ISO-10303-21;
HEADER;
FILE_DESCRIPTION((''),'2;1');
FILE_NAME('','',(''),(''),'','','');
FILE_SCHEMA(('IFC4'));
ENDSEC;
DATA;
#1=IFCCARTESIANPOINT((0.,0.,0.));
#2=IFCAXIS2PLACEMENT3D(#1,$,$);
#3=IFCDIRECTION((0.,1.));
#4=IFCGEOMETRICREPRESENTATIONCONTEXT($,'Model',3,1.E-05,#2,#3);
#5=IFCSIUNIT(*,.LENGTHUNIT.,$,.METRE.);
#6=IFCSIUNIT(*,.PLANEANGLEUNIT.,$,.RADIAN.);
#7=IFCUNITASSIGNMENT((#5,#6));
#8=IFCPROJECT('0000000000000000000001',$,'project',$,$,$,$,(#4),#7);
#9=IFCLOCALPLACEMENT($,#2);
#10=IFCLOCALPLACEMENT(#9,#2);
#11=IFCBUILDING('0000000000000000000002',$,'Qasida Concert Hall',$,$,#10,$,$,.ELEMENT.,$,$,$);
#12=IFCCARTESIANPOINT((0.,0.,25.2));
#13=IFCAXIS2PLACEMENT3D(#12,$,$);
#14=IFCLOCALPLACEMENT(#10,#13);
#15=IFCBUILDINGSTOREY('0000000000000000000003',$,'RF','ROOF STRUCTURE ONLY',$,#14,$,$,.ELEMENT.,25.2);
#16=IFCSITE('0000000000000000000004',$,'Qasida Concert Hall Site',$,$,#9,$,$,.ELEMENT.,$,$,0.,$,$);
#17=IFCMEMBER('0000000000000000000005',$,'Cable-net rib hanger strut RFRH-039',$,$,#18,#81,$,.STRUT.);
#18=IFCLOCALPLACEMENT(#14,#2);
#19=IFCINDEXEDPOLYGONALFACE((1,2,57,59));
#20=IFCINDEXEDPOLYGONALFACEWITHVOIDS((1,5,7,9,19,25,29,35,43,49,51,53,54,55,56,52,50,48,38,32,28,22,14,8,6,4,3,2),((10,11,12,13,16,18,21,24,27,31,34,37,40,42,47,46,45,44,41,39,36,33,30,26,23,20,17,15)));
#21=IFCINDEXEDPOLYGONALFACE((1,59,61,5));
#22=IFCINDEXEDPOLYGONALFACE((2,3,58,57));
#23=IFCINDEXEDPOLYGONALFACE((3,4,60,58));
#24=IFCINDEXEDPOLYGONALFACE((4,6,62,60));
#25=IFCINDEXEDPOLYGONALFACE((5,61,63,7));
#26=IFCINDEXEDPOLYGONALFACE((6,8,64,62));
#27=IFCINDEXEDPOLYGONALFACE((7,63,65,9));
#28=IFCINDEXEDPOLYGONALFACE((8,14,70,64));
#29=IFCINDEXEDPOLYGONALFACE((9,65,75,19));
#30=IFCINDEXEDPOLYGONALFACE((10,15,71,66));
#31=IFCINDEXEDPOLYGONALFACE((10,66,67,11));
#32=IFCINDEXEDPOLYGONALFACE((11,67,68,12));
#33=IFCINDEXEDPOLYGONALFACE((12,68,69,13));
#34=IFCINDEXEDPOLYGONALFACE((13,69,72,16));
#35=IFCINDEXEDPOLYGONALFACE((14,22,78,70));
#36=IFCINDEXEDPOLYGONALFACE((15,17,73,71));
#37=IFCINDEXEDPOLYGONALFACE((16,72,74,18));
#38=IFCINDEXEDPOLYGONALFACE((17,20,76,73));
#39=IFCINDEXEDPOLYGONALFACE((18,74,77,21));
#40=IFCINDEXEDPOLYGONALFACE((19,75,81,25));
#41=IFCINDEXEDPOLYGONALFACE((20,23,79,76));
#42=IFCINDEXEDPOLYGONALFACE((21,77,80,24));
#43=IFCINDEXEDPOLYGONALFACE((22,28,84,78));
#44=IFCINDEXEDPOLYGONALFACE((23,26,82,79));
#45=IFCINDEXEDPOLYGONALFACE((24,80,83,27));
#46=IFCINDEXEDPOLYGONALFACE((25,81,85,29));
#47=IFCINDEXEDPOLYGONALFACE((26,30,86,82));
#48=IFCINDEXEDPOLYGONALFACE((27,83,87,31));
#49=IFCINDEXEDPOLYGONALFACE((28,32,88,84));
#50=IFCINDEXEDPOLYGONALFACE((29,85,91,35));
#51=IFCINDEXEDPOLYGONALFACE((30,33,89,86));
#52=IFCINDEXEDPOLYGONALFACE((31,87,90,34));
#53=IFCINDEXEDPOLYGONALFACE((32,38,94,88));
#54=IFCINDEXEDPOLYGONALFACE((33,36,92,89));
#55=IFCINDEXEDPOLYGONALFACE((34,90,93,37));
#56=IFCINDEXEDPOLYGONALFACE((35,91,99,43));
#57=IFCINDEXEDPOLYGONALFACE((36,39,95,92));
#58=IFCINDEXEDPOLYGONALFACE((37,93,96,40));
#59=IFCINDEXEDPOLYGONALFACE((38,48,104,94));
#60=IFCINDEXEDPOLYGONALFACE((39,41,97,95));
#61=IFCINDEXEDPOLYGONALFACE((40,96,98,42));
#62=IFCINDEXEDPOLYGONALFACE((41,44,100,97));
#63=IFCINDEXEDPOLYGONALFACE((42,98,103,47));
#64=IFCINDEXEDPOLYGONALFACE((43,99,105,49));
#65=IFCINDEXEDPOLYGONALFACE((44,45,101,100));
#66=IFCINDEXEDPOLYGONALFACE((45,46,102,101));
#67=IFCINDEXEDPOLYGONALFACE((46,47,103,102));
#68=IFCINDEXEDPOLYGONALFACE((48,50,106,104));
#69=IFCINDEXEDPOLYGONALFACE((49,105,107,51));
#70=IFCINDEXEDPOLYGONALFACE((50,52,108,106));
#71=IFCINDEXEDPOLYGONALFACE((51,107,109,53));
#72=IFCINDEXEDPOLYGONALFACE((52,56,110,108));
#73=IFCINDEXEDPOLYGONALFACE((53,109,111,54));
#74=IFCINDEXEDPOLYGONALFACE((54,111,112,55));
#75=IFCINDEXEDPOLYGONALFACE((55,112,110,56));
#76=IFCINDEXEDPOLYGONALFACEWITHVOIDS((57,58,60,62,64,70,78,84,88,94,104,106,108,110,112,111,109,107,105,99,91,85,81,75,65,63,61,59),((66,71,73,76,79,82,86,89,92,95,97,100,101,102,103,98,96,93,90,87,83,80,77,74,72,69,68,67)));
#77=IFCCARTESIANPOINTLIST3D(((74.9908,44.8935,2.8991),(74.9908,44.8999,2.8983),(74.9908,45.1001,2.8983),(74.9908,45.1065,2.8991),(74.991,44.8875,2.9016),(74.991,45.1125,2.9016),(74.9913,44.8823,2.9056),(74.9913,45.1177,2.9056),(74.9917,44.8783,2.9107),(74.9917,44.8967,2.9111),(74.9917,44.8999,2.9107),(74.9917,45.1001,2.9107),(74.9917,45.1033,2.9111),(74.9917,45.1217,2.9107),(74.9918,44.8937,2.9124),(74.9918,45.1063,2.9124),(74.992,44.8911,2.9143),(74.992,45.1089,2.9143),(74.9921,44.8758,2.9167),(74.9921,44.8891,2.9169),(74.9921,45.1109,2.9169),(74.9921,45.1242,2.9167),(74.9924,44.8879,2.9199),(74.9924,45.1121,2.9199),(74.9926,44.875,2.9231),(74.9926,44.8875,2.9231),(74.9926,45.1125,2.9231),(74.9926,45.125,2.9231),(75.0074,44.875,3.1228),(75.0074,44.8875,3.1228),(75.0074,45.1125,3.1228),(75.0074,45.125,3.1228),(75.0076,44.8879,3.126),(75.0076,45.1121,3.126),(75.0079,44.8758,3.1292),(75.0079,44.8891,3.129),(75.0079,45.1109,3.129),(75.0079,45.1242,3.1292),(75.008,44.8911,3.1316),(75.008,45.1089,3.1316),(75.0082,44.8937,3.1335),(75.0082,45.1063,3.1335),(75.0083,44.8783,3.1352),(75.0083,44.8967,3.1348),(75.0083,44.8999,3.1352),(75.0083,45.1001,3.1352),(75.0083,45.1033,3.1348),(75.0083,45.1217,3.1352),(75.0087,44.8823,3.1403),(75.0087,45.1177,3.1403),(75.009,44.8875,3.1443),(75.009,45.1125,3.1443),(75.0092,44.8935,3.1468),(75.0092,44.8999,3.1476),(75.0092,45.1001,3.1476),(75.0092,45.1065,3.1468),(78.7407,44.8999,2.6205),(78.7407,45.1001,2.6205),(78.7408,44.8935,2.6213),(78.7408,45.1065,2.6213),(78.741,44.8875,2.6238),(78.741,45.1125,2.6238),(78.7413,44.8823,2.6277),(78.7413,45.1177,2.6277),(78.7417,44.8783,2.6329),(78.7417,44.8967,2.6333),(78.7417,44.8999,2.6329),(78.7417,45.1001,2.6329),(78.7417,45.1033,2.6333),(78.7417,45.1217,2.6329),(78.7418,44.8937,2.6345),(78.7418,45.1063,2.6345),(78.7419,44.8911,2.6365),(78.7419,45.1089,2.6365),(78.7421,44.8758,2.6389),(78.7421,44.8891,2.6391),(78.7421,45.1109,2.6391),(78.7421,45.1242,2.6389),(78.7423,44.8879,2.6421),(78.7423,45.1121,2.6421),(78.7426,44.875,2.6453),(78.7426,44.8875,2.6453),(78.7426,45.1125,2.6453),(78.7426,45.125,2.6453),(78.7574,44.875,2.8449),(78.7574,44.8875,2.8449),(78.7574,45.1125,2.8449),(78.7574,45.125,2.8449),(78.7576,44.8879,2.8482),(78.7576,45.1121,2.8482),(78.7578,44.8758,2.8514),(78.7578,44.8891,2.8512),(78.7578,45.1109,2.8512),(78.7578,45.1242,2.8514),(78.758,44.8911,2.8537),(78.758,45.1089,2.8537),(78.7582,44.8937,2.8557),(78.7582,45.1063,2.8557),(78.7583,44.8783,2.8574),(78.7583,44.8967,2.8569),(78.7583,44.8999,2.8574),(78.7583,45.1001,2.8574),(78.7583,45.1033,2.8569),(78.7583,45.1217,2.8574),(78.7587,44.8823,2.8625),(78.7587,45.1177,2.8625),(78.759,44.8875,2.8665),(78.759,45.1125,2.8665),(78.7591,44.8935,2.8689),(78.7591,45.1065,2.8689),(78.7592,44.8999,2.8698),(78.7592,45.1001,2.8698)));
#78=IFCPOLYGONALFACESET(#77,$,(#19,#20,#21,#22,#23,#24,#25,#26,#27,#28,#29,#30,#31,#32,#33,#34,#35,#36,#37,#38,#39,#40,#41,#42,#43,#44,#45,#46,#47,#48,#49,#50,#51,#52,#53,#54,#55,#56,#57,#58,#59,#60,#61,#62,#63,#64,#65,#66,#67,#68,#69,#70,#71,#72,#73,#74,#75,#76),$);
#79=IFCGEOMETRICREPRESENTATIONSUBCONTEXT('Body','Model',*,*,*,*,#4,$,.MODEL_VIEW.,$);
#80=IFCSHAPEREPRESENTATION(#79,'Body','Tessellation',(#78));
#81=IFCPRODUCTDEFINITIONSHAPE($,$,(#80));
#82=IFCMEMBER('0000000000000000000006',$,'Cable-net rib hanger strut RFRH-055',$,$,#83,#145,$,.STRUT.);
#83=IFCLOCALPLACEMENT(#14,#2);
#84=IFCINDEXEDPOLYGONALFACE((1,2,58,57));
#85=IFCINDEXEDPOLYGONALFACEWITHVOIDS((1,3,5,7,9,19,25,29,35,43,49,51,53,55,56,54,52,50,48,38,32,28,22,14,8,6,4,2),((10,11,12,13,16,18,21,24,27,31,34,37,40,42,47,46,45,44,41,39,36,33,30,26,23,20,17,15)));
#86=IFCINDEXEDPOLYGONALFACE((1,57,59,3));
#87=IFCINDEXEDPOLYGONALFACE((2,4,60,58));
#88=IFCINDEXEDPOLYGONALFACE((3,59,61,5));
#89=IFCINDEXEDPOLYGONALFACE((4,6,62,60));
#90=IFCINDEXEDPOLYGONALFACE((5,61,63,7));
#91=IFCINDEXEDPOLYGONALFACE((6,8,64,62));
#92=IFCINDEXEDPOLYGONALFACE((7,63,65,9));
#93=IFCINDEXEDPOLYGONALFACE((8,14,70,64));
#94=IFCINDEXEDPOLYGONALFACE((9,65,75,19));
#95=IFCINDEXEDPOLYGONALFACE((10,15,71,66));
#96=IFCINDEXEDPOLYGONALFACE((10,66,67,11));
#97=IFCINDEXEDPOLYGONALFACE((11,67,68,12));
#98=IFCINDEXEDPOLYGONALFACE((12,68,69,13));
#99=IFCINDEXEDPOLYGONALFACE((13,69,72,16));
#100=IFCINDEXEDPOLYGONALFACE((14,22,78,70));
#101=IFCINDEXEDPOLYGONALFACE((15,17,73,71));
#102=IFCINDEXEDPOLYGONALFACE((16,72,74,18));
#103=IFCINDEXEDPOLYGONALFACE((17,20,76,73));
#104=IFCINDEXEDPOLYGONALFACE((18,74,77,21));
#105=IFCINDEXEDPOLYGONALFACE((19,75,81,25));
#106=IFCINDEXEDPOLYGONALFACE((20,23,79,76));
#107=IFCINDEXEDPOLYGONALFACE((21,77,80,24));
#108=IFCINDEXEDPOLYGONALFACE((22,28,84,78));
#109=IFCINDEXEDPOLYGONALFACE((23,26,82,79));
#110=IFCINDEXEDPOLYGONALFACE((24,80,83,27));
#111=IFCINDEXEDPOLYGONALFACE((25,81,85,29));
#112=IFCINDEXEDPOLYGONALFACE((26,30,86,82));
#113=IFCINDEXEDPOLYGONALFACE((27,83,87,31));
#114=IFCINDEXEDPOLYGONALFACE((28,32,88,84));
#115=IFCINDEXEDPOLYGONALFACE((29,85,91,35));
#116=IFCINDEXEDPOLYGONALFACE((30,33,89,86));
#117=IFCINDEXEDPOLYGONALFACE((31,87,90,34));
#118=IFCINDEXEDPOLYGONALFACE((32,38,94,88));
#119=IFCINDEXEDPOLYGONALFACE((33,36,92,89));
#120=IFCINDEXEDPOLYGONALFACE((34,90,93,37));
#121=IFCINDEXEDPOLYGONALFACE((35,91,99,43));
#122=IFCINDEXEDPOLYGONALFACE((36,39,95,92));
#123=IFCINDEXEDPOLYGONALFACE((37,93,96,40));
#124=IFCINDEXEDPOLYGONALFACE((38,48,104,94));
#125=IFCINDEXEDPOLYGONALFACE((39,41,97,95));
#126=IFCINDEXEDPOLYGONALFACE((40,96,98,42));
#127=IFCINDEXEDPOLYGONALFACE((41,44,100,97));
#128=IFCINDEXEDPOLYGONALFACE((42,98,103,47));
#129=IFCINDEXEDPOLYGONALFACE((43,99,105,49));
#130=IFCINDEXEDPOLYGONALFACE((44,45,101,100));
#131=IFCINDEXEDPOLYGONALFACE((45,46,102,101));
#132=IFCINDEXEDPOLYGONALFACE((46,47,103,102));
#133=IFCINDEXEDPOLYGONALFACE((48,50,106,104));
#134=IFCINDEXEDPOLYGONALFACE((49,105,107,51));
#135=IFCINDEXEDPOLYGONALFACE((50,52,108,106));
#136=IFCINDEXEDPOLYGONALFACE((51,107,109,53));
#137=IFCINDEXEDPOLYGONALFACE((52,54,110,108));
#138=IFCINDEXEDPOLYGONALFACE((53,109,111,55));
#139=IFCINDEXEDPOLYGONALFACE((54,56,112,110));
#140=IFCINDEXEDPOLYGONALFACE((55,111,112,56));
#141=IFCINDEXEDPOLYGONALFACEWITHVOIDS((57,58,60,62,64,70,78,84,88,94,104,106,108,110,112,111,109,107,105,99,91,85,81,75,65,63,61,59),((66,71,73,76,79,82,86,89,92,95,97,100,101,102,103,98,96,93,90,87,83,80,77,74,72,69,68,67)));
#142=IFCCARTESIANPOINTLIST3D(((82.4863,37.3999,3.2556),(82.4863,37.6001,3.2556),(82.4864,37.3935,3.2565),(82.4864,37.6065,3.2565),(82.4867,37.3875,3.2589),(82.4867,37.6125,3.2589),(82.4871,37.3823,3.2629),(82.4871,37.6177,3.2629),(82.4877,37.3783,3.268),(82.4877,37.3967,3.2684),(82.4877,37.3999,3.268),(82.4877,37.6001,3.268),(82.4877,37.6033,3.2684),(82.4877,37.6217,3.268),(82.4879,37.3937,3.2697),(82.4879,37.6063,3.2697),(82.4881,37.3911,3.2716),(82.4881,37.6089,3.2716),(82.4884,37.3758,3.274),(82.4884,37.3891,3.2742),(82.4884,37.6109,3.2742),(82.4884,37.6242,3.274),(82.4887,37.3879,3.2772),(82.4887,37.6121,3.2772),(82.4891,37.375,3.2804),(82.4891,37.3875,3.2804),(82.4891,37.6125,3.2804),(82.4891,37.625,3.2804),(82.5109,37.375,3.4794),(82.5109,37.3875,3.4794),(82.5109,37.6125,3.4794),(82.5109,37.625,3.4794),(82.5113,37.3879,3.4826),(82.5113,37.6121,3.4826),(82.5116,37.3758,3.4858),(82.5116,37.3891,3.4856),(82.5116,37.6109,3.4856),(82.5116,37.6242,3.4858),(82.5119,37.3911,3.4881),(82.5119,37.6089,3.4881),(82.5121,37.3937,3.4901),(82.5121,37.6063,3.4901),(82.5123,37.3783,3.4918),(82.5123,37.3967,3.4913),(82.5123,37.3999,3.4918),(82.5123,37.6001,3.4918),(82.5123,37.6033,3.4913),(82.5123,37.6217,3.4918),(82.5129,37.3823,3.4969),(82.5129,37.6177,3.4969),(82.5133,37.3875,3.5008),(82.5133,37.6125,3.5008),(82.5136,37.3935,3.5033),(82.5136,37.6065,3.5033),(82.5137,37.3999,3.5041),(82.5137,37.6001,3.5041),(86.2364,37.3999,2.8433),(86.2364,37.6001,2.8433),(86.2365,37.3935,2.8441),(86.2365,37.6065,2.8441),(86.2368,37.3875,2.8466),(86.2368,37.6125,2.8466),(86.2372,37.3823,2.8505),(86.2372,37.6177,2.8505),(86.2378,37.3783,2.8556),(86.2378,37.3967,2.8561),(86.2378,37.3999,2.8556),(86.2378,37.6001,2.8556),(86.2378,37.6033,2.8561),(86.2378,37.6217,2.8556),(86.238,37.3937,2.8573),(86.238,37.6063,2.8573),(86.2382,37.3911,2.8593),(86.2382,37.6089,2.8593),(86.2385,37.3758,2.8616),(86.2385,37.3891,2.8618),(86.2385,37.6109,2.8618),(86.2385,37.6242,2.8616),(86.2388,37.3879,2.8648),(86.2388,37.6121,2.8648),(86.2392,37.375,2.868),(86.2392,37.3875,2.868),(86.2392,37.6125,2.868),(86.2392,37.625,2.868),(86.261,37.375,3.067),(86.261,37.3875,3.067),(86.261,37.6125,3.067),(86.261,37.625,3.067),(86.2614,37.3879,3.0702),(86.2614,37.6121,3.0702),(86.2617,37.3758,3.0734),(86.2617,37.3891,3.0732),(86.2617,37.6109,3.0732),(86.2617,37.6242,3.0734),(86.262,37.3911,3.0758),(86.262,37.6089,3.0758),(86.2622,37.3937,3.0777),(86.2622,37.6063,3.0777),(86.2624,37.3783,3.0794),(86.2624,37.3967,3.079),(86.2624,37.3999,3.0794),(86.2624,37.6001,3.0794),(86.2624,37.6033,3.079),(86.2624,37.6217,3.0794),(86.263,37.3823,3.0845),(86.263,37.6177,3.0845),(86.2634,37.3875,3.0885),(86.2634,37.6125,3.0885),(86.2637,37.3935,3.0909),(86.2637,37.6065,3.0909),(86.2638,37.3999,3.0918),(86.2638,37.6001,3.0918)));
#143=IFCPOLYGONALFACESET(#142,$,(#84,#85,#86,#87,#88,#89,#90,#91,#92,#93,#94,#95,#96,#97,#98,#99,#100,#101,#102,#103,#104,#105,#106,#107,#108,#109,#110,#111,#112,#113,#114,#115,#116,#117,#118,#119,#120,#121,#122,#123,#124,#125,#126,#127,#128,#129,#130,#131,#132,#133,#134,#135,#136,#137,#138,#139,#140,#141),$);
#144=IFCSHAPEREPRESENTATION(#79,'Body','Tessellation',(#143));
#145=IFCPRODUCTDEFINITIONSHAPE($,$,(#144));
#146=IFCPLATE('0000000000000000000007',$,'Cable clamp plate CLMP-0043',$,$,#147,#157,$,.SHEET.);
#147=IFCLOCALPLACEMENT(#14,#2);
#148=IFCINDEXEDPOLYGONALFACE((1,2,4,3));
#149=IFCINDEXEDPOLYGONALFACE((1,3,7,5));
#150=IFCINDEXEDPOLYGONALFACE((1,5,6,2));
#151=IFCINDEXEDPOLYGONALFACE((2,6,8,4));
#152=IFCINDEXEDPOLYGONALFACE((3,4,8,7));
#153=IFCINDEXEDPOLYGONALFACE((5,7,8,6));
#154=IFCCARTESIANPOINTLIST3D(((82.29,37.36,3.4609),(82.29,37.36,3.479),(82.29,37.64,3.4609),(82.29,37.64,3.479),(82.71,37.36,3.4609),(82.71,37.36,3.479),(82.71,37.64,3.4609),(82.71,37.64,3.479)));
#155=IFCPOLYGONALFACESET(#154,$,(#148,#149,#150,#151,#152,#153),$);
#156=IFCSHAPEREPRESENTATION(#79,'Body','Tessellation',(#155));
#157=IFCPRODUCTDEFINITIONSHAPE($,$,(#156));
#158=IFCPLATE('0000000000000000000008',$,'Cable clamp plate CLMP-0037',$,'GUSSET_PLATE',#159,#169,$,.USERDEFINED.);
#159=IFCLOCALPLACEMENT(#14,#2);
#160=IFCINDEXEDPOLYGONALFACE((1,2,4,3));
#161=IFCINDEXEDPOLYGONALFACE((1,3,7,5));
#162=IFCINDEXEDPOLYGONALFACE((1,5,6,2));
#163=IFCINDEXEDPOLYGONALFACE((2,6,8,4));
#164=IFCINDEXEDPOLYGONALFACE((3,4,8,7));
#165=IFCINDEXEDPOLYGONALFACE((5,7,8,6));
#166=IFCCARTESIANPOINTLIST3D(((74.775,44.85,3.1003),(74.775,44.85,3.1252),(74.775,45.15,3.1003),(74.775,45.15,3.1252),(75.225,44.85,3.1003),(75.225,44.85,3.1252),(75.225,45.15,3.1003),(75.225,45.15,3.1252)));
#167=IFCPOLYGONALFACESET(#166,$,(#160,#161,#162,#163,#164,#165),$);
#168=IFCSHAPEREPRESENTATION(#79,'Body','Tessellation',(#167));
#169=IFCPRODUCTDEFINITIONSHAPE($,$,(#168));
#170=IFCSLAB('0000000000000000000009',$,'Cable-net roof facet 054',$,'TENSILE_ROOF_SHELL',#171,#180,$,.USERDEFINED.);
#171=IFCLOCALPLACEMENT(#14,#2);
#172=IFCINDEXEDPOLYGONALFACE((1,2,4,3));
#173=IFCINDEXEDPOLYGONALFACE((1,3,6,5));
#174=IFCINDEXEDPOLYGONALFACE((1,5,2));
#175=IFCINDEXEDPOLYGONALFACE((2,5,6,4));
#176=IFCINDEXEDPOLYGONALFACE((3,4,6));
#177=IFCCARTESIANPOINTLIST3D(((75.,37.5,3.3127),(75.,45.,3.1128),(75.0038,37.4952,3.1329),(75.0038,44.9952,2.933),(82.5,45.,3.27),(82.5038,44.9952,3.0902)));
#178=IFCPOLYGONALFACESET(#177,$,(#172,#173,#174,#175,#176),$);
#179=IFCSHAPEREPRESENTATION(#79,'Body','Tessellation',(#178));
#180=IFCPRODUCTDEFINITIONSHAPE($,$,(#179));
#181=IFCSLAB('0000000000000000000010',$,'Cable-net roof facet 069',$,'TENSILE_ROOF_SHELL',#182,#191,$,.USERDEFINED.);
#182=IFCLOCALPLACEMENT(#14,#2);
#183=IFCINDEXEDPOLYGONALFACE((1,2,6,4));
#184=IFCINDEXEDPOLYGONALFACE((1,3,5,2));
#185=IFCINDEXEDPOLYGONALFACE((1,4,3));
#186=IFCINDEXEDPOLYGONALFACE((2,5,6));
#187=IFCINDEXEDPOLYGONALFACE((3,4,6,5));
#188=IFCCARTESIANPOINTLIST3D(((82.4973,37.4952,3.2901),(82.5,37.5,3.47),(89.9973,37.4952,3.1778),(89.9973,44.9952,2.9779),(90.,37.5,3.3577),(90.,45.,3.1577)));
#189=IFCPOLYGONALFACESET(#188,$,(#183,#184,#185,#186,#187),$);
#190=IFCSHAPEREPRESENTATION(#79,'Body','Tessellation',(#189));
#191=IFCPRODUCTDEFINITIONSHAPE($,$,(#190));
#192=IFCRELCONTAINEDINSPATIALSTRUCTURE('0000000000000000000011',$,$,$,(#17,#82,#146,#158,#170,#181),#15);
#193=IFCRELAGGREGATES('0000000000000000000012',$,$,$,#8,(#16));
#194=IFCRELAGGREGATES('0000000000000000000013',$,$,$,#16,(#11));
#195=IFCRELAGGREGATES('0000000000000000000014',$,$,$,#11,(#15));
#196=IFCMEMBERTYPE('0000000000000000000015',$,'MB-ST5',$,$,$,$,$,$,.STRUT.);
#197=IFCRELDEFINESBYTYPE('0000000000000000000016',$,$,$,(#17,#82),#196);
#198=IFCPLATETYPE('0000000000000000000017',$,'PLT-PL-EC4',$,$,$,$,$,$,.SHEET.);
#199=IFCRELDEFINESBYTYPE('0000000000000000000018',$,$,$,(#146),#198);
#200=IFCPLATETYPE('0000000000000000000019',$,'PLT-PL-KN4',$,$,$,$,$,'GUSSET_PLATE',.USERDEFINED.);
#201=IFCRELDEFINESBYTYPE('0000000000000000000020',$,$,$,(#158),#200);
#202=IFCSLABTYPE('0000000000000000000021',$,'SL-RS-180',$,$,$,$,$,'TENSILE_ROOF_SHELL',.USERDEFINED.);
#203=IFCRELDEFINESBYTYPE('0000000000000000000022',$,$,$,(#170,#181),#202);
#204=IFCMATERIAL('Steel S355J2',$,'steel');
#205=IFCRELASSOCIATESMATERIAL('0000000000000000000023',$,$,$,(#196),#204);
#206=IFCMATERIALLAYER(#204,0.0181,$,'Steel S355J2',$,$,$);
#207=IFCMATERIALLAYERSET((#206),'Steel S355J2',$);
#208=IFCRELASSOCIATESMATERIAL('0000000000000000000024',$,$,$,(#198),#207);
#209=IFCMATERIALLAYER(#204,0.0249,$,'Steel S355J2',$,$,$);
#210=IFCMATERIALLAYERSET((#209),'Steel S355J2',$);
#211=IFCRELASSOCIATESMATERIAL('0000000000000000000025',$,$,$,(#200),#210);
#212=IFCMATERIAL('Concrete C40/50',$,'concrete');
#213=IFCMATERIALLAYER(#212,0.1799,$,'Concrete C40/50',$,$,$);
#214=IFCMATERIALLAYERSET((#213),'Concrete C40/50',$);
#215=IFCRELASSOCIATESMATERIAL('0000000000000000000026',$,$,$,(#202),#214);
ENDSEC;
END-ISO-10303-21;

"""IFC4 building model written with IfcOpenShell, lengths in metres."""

from ifc_helpers import new_model, si_unit, direction, frame, origin, origin_2d, place, context, subcontext, project, spatial, polyline, rectangle, hollow_rectangle, outline, extrude, material, layer, layer_set, material_profile, profile_set, type_object, element, save


model = new_model("IFC4")

# Units and contexts
model_context = context("Model", 3, precision=1e-05, world=origin(), true_north=direction((0.0, 1.0)))
body_context = subcontext(model_context, "Body", "Model", "MODEL_VIEW")
ifc_project = project(units=[si_unit("LENGTHUNIT", "METRE"), si_unit("PLANEANGLEUNIT", "RADIAN")], contexts=[model_context])

# Site, building, storey
site_placement = place(None, origin())
site = spatial("IfcSite", under=ifc_project, at=site_placement, Name="Qasida Concert Hall Site", CompositionType="ELEMENT", RefElevation=0.0)
building_placement = place(site_placement, origin())
building = spatial("IfcBuilding", under=site, at=building_placement, Name="Qasida Concert Hall", CompositionType="ELEMENT")
storey_placement = place(building_placement, frame((0.0, 0.0, 25.2)))
storey = spatial("IfcBuildingStorey", under=building, at=storey_placement, Name="RF", Description="ROOF STRUCTURE ONLY", CompositionType="ELEMENT", Elevation=25.2)

# Members
ifc_material_1 = material(Name="Steel S355J2", Category="steel")
ifc_material_profile_1 = material_profile(ifc_material_1, hollow_rectangle(XDim=0.25, YDim=0.25, WallThickness=0.0125, InnerFilletRadius=0.0125, OuterFilletRadius=0.0249, at=origin_2d()), Name="SHS 250x250x12.5")
ifc_profile_set_1 = profile_set([ifc_material_profile_1], Name="Steel S355J2")
member_type_1 = type_object("IfcMemberType", Name="MB-ST5", PredefinedType="STRUT", material=ifc_profile_set_1)
member_1_placement = place(storey_placement, frame((75.0, 45.0, 3.0229), z_axis=(0.997267, 0.0, -0.073886), x_axis=(0.0, 1.0, 0.0)))
element("IfcMember", 1, at=member_1_placement, inside=storey, type_object=member_type_1, Name="Cable-net rib hanger strut RFRH-039", PredefinedType="STRUT", context=body_context, shape_type="SweptSolid", body=[
    extrude(hollow_rectangle(XDim=0.25, YDim=0.25, WallThickness=0.0125, InnerFilletRadius=0.0125, OuterFilletRadius=0.0249, at=origin_2d()), origin(), (0.0, 0.0, 1.0), 3.7603),
])
member_2_placement = place(storey_placement, frame((82.5, 37.5, 3.3799), z_axis=(0.994009, 0.0, -0.109302), x_axis=(0.0, 1.0, 0.0)))
element("IfcMember", 2, at=member_2_placement, inside=storey, type_object=member_type_1, Name="Cable-net rib hanger strut RFRH-055", PredefinedType="STRUT", context=body_context, shape_type="SweptSolid", body=[
    extrude(hollow_rectangle(XDim=0.25, YDim=0.25, WallThickness=0.0125, InnerFilletRadius=0.0125, OuterFilletRadius=0.0249, at=origin_2d()), origin(), (0.0, 0.0, 1.0), 3.7727),
])

# Plates
ifc_layer_1 = layer(ifc_material_1, 0.0181, Name="Steel S355J2")
ifc_layer_set_1 = layer_set([ifc_layer_1], Name="Steel S355J2")
plate_type_1 = type_object("IfcPlateType", Name="PLT-PL-EC4", PredefinedType="SHEET", material=ifc_layer_set_1)
plate_1_placement = place(storey_placement, frame((82.5, 37.5, 3.4609), z_axis=(0.0, 0.0, 1.0), x_axis=(1.0, 0.0, 0.0)))
element("IfcPlate", 3, at=plate_1_placement, inside=storey, type_object=plate_type_1, Name="Cable clamp plate CLMP-0043", PredefinedType="SHEET", context=body_context, shape_type="SweptSolid", body=[
    extrude(rectangle(XDim=0.4199, YDim=0.28, at=origin_2d()), origin(), (0.0, 0.0, 1.0), 0.0181),
])
ifc_layer_2 = layer(ifc_material_1, 0.0249, Name="Steel S355J2")
ifc_layer_set_2 = layer_set([ifc_layer_2], Name="Steel S355J2")
plate_type_2 = type_object("IfcPlateType", Name="PLT-PL-KN4", ElementType="GUSSET_PLATE", PredefinedType="USERDEFINED", material=ifc_layer_set_2)
plate_2_placement = place(storey_placement, frame((75.0, 45.0, 3.1003), z_axis=(0.0, 0.0, 1.0), x_axis=(1.0, 0.0, 0.0)))
element("IfcPlate", 4, at=plate_2_placement, inside=storey, type_object=plate_type_2, Name="Cable clamp plate CLMP-0037", ObjectType="GUSSET_PLATE", PredefinedType="USERDEFINED", context=body_context, shape_type="SweptSolid", body=[
    extrude(rectangle(XDim=0.45, YDim=0.3, at=origin_2d()), origin(), (0.0, 0.0, 1.0), 0.0249),
])

# Slabs
ifc_material_2 = material(Name="Concrete C40/50", Category="concrete")
ifc_layer_3 = layer(ifc_material_2, 0.1799, Name="Concrete C40/50")
ifc_layer_set_3 = layer_set([ifc_layer_3], Name="Concrete C40/50")
slab_type = type_object("IfcSlabType", Name="SL-RS-180", ElementType="TENSILE_ROOF_SHELL", PredefinedType="USERDEFINED", material=ifc_layer_set_3)
slab_1_placement = place(storey_placement, frame((75.0, 37.5, 3.3127), z_axis=(-0.020951, 0.026645, 0.999425), x_axis=(0.707101, 0.707101, -0.004028)))
element("IfcSlab", 5, at=slab_1_placement, inside=storey, type_object=slab_type, Name="Cable-net roof facet 054", ObjectType="TENSILE_ROOF_SHELL", PredefinedType="USERDEFINED", context=body_context, shape_type="SweptSolid", body=[
    extrude(outline(polyline([(0.0, 0.0), (10.6067, 0.0), (5.3041, 5.3063), (0.0, 0.0)])), origin(), (0.0, 0.0, -1.0), 0.1799),
])
slab_2_placement = place(storey_placement, frame((82.5, 37.5, 3.47), z_axis=(0.014967, 0.026648, 0.999533), x_axis=(0.999888, 0.0, -0.014972)))
element("IfcSlab", 6, at=slab_2_placement, inside=storey, type_object=slab_type, Name="Cable-net roof facet 069", ObjectType="TENSILE_ROOF_SHELL", PredefinedType="USERDEFINED", context=body_context, shape_type="SweptSolid", body=[
    extrude(outline(polyline([(0.0, 0.0), (7.5008, 0.0), (7.5038, 7.5027), (0.0, 0.0)])), origin(), (0.0, 0.0, -1.0), 0.1799),
])

save(model, "model.ifc")
